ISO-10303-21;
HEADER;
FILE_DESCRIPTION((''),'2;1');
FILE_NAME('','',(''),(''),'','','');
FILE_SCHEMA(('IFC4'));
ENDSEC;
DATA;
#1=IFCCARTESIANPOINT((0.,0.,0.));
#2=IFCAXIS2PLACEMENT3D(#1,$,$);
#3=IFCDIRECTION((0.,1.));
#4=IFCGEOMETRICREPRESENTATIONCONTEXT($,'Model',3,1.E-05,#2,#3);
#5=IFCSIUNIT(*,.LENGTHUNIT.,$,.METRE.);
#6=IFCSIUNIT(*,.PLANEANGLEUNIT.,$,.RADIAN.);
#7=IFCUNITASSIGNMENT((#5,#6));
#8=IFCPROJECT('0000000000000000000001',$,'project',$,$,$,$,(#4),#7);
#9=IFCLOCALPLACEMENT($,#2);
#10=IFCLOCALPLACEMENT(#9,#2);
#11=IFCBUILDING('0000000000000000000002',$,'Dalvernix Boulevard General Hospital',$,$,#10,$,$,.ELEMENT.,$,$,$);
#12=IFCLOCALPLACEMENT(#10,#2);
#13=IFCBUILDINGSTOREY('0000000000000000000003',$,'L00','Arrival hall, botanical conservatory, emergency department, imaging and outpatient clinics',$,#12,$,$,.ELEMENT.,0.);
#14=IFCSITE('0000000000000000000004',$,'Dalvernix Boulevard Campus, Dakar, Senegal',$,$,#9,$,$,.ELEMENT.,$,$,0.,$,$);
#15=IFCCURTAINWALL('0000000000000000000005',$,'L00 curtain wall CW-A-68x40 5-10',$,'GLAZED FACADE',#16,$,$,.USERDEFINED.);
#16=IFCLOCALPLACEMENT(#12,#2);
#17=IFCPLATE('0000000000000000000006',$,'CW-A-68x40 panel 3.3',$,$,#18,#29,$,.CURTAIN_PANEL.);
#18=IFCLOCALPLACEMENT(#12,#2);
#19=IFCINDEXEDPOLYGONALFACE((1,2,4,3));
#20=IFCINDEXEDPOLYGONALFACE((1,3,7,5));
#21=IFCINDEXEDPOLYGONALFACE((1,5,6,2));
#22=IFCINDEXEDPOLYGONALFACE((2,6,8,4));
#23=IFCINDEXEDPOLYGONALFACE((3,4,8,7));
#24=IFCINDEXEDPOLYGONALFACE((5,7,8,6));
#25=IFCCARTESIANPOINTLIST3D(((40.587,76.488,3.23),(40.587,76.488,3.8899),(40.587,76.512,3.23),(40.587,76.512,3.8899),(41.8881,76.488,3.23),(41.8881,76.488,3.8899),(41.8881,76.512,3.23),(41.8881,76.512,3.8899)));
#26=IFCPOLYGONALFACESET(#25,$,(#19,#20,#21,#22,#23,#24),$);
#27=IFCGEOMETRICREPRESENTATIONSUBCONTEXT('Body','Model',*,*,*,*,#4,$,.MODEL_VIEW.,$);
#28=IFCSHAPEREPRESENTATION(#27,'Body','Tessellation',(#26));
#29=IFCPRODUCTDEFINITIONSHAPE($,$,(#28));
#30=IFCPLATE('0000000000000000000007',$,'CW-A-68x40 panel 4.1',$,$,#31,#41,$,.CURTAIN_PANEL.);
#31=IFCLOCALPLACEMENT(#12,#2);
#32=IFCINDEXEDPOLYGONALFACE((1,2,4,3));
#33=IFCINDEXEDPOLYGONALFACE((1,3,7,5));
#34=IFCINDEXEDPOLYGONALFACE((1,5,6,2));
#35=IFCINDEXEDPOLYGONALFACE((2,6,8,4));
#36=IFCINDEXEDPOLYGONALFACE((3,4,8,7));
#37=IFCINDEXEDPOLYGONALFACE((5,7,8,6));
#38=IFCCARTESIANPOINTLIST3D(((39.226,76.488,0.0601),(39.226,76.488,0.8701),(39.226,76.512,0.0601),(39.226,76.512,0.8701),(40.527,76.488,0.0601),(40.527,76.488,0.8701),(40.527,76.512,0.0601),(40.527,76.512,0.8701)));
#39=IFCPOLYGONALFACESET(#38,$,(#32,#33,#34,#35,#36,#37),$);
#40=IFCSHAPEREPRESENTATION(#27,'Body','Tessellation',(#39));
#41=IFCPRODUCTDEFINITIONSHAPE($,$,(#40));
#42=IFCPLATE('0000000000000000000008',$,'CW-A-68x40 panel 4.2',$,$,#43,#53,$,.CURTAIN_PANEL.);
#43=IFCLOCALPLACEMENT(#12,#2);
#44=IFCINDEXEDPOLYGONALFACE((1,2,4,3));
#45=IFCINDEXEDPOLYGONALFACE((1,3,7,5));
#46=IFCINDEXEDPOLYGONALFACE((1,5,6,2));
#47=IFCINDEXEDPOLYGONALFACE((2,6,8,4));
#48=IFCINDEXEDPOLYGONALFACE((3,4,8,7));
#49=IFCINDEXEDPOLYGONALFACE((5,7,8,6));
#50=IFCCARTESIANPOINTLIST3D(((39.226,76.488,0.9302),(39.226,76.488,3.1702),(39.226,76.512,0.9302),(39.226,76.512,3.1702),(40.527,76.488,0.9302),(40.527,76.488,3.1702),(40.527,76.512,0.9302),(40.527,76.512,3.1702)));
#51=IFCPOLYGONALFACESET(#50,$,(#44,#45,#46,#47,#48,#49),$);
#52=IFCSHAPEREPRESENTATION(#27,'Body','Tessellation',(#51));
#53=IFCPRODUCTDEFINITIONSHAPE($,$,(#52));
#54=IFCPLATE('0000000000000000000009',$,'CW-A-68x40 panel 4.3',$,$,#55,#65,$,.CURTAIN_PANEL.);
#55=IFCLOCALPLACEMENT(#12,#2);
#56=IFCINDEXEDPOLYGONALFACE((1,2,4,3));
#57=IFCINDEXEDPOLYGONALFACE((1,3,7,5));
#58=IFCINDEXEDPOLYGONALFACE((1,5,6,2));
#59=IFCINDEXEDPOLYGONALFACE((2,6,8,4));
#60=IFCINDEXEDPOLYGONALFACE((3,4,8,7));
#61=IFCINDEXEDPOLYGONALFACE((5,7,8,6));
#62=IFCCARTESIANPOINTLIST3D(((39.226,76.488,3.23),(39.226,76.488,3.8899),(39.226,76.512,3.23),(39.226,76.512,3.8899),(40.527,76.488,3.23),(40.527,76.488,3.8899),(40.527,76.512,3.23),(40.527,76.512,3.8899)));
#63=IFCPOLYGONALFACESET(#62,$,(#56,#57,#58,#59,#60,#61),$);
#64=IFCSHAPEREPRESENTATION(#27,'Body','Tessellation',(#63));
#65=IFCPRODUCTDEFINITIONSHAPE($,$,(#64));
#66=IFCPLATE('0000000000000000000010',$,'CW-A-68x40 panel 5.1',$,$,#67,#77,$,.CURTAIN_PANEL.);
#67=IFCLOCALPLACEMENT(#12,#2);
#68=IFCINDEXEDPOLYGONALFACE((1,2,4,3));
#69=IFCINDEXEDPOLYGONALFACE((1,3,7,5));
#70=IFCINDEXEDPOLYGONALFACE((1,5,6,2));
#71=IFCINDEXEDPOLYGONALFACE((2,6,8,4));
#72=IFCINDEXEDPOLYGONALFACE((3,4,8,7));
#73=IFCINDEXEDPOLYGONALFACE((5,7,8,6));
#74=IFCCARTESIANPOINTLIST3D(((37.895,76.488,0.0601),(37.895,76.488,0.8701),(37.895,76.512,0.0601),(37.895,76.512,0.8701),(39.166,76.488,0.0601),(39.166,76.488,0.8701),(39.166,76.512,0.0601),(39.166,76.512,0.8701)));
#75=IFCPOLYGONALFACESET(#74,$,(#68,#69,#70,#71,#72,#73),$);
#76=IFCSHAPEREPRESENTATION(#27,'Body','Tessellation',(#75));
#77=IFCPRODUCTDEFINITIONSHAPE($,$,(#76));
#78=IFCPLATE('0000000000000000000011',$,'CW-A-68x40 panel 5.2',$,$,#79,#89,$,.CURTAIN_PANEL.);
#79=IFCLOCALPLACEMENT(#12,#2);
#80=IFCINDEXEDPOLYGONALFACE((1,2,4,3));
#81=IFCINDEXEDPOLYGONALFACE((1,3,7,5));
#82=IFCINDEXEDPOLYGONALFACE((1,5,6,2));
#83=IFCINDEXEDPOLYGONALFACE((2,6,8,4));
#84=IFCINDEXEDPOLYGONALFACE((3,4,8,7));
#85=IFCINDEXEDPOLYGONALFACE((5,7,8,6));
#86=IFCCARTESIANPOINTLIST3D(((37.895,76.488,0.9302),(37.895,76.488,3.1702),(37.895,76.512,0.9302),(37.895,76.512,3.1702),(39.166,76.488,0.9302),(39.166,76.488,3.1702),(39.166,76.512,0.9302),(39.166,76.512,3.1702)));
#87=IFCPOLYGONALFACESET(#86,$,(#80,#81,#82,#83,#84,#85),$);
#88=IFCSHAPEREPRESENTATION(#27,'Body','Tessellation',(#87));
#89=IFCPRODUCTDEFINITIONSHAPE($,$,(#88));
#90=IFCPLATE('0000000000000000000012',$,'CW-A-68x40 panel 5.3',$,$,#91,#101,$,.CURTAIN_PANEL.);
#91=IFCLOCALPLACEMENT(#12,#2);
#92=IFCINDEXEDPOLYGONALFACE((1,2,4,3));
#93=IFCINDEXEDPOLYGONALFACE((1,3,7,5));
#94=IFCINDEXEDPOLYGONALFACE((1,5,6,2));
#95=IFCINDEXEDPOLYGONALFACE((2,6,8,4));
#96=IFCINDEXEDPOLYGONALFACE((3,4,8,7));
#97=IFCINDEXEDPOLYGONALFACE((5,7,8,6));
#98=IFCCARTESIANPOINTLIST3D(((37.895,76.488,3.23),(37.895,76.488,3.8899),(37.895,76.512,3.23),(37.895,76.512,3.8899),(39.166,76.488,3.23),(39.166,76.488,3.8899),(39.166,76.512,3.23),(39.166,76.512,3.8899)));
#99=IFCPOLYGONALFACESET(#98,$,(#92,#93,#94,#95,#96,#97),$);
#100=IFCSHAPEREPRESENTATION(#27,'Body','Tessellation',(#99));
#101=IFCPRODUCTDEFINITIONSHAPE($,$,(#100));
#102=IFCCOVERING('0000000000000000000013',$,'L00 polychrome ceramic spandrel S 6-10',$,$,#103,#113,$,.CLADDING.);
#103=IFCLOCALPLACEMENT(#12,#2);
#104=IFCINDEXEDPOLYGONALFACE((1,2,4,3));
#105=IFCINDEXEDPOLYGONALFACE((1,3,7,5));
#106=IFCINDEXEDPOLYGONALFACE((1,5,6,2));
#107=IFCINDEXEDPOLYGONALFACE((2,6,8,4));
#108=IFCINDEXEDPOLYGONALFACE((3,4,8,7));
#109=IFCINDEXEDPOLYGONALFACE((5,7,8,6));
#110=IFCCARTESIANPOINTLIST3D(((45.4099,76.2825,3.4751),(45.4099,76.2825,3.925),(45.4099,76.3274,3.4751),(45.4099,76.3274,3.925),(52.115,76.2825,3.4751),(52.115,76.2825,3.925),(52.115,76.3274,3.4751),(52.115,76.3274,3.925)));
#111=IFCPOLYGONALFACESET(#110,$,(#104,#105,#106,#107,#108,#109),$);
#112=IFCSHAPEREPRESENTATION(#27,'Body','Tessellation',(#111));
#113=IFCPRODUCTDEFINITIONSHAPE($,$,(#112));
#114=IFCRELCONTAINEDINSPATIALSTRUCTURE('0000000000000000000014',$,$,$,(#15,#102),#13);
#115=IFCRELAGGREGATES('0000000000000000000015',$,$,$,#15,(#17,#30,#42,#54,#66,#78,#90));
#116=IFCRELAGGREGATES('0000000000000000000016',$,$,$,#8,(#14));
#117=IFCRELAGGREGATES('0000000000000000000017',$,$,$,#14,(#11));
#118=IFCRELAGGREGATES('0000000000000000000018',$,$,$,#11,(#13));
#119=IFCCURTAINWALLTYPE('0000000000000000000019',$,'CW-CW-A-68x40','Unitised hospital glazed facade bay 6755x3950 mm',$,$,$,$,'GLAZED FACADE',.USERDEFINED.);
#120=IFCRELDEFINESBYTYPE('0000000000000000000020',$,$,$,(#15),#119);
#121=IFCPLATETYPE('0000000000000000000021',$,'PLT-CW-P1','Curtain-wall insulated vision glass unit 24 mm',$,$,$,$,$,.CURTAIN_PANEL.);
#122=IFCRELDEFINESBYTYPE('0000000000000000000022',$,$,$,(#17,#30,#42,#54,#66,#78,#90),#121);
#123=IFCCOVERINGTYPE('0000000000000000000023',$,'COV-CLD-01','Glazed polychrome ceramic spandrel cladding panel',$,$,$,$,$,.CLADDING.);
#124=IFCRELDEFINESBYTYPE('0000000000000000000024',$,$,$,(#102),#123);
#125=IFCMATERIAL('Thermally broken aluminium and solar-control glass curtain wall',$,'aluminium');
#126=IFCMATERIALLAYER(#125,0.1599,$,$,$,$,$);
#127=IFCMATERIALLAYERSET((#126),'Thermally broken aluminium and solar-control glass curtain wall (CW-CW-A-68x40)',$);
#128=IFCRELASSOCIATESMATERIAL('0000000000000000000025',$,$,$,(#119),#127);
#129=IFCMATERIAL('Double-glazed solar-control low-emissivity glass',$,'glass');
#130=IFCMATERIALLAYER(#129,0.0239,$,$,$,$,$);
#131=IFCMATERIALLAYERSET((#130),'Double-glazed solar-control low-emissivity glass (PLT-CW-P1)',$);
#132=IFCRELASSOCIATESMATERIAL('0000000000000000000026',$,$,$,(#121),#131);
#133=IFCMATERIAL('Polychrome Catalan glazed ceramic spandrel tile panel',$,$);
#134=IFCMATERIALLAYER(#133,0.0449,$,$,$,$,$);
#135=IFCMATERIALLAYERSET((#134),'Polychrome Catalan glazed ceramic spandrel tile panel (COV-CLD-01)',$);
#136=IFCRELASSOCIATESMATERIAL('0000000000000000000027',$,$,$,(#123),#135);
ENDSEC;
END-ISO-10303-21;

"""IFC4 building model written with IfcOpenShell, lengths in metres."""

from ifc_helpers import new_model, si_unit, direction, frame, origin, origin_2d, place, context, subcontext, project, spatial, rectangle, extrude, material, layer, layer_set, type_object, element, aggregate, save


model = new_model("IFC4")

# Units and contexts
model_context = context("Model", 3, precision=1e-05, world=origin(), true_north=direction((0.0, 1.0)))
body_context = subcontext(model_context, "Body", "Model", "MODEL_VIEW")
ifc_project = project(units=[si_unit("LENGTHUNIT", "METRE"), si_unit("PLANEANGLEUNIT", "RADIAN")], contexts=[model_context])

# Site, building, storey
site_placement = place(None, origin())
site = spatial("IfcSite", under=ifc_project, at=site_placement, Name="Dalvernix Boulevard Campus, Dakar, Senegal", CompositionType="ELEMENT", RefElevation=0.0)
building_placement = place(site_placement, origin())
building = spatial("IfcBuilding", under=site, at=building_placement, Name="Dalvernix Boulevard General Hospital", CompositionType="ELEMENT")
storey_placement = place(building_placement, origin())
storey = spatial("IfcBuildingStorey", under=building, at=storey_placement, Name="L00", Description="Arrival hall, botanical conservatory, emergency department, imaging and outpatient clinics", CompositionType="ELEMENT", Elevation=0.0)

# Curtain wall
ifc_material_1 = material(Name="Thermally broken aluminium and solar-control glass curtain wall", Category="aluminium")
ifc_layer_1 = layer(ifc_material_1, 0.1599)
ifc_layer_set_1 = layer_set([ifc_layer_1], Name="Thermally broken aluminium and solar-control glass curtain wall (CW-CW-A-68x40)")
curtain_wall_type_1 = type_object("IfcCurtainWallType", Name="CW-CW-A-68x40", Description="Unitised hospital glazed facade bay 6755x3950 mm", ElementType="GLAZED FACADE", PredefinedType="USERDEFINED", material=ifc_layer_set_1)
curtain_wall_1_placement = place(storey_placement, origin())
curtain_wall_1 = element("IfcCurtainWall", 1, at=curtain_wall_1_placement, inside=storey, type_object=curtain_wall_type_1, Name="L00 curtain wall CW-A-68x40 5-10", ObjectType="GLAZED FACADE", PredefinedType="USERDEFINED")

# Plates
ifc_material_2 = material(Name="Double-glazed solar-control low-emissivity glass", Category="glass")
ifc_layer_2 = layer(ifc_material_2, 0.0239)
ifc_layer_set_2 = layer_set([ifc_layer_2], Name="Double-glazed solar-control low-emissivity glass (PLT-CW-P1)")
plate_type = type_object("IfcPlateType", Name="PLT-CW-P1", Description="Curtain-wall insulated vision glass unit 24 mm", PredefinedType="CURTAIN_PANEL", material=ifc_layer_set_2)
plate_1_placement = place(storey_placement, frame((41.2375, 76.5, 3.23), z_axis=(0.0, 0.0, 1.0), x_axis=(-1.0, 0.0, 0.0)))
plate_1 = element("IfcPlate", 2, at=plate_1_placement, type_object=plate_type, Name="CW-A-68x40 panel 3.3", PredefinedType="CURTAIN_PANEL", context=body_context, shape_type="SweptSolid", body=[
    extrude(rectangle(XDim=1.301, YDim=0.0239, at=origin_2d()), origin(), (0.0, 0.0, 1.0), 0.6599),
])
plate_2_placement = place(storey_placement, frame((39.8765, 76.5, 0.0601), z_axis=(0.0, 0.0, 1.0), x_axis=(-1.0, 0.0, 0.0)))
plate_2 = element("IfcPlate", 3, at=plate_2_placement, type_object=plate_type, Name="CW-A-68x40 panel 4.1", PredefinedType="CURTAIN_PANEL", context=body_context, shape_type="SweptSolid", body=[
    extrude(rectangle(XDim=1.301, YDim=0.0239, at=origin_2d()), origin(), (0.0, 0.0, 1.0), 0.8101),
])
plate_3_placement = place(storey_placement, frame((39.8765, 76.5, 0.9302), z_axis=(0.0, 0.0, 1.0), x_axis=(-1.0, 0.0, 0.0)))
plate_3 = element("IfcPlate", 4, at=plate_3_placement, type_object=plate_type, Name="CW-A-68x40 panel 4.2", PredefinedType="CURTAIN_PANEL", context=body_context, shape_type="SweptSolid", body=[
    extrude(rectangle(XDim=1.301, YDim=0.0239, at=origin_2d()), origin(), (0.0, 0.0, 1.0), 2.24),
])
plate_4_placement = place(storey_placement, frame((39.8765, 76.5, 3.23), z_axis=(0.0, 0.0, 1.0), x_axis=(-1.0, 0.0, 0.0)))
plate_4 = element("IfcPlate", 5, at=plate_4_placement, type_object=plate_type, Name="CW-A-68x40 panel 4.3", PredefinedType="CURTAIN_PANEL", context=body_context, shape_type="SweptSolid", body=[
    extrude(rectangle(XDim=1.301, YDim=0.0239, at=origin_2d()), origin(), (0.0, 0.0, 1.0), 0.6599),
])
plate_5_placement = place(storey_placement, frame((38.5305, 76.5, 0.0601), z_axis=(0.0, 0.0, 1.0), x_axis=(-1.0, 0.0, 0.0)))
plate_5 = element("IfcPlate", 6, at=plate_5_placement, type_object=plate_type, Name="CW-A-68x40 panel 5.1", PredefinedType="CURTAIN_PANEL", context=body_context, shape_type="SweptSolid", body=[
    extrude(rectangle(XDim=1.271, YDim=0.0239, at=origin_2d()), origin(), (0.0, 0.0, 1.0), 0.8101),
])
plate_6_placement = place(storey_placement, frame((38.5305, 76.5, 0.9302), z_axis=(0.0, 0.0, 1.0), x_axis=(-1.0, 0.0, 0.0)))
plate_6 = element("IfcPlate", 7, at=plate_6_placement, type_object=plate_type, Name="CW-A-68x40 panel 5.2", PredefinedType="CURTAIN_PANEL", context=body_context, shape_type="SweptSolid", body=[
    extrude(rectangle(XDim=1.271, YDim=0.0239, at=origin_2d()), origin(), (0.0, 0.0, 1.0), 2.24),
])
plate_7_placement = place(storey_placement, frame((38.5305, 76.5, 3.23), z_axis=(0.0, 0.0, 1.0), x_axis=(-1.0, 0.0, 0.0)))
plate_7 = element("IfcPlate", 8, at=plate_7_placement, type_object=plate_type, Name="CW-A-68x40 panel 5.3", PredefinedType="CURTAIN_PANEL", context=body_context, shape_type="SweptSolid", body=[
    extrude(rectangle(XDim=1.271, YDim=0.0239, at=origin_2d()), origin(), (0.0, 0.0, 1.0), 0.6599),
])
aggregate(curtain_wall_1, [plate_1, plate_2, plate_3, plate_4, plate_5, plate_6, plate_7])

# Covering
ifc_material_3 = material(Name="Polychrome Catalan glazed ceramic spandrel tile panel")
ifc_layer_3 = layer(ifc_material_3, 0.0449)
ifc_layer_set_3 = layer_set([ifc_layer_3], Name="Polychrome Catalan glazed ceramic spandrel tile panel (COV-CLD-01)")
covering_type = type_object("IfcCoveringType", Name="COV-CLD-01", Description="Glazed polychrome ceramic spandrel cladding panel", PredefinedType="CLADDING", material=ifc_layer_set_3)
covering_placement = place(storey_placement, frame((48.7625, 76.3049, 3.4751), z_axis=(0.0, 0.0, 1.0), x_axis=(-1.0, 0.0, 0.0)))
element("IfcCovering", 9, at=covering_placement, inside=storey, type_object=covering_type, Name="L00 polychrome ceramic spandrel S 6-10", PredefinedType="CLADDING", context=body_context, shape_type="SweptSolid", body=[
    extrude(rectangle(XDim=6.7051, YDim=0.0449, at=origin_2d()), origin(), (0.0, 0.0, 1.0), 0.45),
])

save(model, "model.ifc")
